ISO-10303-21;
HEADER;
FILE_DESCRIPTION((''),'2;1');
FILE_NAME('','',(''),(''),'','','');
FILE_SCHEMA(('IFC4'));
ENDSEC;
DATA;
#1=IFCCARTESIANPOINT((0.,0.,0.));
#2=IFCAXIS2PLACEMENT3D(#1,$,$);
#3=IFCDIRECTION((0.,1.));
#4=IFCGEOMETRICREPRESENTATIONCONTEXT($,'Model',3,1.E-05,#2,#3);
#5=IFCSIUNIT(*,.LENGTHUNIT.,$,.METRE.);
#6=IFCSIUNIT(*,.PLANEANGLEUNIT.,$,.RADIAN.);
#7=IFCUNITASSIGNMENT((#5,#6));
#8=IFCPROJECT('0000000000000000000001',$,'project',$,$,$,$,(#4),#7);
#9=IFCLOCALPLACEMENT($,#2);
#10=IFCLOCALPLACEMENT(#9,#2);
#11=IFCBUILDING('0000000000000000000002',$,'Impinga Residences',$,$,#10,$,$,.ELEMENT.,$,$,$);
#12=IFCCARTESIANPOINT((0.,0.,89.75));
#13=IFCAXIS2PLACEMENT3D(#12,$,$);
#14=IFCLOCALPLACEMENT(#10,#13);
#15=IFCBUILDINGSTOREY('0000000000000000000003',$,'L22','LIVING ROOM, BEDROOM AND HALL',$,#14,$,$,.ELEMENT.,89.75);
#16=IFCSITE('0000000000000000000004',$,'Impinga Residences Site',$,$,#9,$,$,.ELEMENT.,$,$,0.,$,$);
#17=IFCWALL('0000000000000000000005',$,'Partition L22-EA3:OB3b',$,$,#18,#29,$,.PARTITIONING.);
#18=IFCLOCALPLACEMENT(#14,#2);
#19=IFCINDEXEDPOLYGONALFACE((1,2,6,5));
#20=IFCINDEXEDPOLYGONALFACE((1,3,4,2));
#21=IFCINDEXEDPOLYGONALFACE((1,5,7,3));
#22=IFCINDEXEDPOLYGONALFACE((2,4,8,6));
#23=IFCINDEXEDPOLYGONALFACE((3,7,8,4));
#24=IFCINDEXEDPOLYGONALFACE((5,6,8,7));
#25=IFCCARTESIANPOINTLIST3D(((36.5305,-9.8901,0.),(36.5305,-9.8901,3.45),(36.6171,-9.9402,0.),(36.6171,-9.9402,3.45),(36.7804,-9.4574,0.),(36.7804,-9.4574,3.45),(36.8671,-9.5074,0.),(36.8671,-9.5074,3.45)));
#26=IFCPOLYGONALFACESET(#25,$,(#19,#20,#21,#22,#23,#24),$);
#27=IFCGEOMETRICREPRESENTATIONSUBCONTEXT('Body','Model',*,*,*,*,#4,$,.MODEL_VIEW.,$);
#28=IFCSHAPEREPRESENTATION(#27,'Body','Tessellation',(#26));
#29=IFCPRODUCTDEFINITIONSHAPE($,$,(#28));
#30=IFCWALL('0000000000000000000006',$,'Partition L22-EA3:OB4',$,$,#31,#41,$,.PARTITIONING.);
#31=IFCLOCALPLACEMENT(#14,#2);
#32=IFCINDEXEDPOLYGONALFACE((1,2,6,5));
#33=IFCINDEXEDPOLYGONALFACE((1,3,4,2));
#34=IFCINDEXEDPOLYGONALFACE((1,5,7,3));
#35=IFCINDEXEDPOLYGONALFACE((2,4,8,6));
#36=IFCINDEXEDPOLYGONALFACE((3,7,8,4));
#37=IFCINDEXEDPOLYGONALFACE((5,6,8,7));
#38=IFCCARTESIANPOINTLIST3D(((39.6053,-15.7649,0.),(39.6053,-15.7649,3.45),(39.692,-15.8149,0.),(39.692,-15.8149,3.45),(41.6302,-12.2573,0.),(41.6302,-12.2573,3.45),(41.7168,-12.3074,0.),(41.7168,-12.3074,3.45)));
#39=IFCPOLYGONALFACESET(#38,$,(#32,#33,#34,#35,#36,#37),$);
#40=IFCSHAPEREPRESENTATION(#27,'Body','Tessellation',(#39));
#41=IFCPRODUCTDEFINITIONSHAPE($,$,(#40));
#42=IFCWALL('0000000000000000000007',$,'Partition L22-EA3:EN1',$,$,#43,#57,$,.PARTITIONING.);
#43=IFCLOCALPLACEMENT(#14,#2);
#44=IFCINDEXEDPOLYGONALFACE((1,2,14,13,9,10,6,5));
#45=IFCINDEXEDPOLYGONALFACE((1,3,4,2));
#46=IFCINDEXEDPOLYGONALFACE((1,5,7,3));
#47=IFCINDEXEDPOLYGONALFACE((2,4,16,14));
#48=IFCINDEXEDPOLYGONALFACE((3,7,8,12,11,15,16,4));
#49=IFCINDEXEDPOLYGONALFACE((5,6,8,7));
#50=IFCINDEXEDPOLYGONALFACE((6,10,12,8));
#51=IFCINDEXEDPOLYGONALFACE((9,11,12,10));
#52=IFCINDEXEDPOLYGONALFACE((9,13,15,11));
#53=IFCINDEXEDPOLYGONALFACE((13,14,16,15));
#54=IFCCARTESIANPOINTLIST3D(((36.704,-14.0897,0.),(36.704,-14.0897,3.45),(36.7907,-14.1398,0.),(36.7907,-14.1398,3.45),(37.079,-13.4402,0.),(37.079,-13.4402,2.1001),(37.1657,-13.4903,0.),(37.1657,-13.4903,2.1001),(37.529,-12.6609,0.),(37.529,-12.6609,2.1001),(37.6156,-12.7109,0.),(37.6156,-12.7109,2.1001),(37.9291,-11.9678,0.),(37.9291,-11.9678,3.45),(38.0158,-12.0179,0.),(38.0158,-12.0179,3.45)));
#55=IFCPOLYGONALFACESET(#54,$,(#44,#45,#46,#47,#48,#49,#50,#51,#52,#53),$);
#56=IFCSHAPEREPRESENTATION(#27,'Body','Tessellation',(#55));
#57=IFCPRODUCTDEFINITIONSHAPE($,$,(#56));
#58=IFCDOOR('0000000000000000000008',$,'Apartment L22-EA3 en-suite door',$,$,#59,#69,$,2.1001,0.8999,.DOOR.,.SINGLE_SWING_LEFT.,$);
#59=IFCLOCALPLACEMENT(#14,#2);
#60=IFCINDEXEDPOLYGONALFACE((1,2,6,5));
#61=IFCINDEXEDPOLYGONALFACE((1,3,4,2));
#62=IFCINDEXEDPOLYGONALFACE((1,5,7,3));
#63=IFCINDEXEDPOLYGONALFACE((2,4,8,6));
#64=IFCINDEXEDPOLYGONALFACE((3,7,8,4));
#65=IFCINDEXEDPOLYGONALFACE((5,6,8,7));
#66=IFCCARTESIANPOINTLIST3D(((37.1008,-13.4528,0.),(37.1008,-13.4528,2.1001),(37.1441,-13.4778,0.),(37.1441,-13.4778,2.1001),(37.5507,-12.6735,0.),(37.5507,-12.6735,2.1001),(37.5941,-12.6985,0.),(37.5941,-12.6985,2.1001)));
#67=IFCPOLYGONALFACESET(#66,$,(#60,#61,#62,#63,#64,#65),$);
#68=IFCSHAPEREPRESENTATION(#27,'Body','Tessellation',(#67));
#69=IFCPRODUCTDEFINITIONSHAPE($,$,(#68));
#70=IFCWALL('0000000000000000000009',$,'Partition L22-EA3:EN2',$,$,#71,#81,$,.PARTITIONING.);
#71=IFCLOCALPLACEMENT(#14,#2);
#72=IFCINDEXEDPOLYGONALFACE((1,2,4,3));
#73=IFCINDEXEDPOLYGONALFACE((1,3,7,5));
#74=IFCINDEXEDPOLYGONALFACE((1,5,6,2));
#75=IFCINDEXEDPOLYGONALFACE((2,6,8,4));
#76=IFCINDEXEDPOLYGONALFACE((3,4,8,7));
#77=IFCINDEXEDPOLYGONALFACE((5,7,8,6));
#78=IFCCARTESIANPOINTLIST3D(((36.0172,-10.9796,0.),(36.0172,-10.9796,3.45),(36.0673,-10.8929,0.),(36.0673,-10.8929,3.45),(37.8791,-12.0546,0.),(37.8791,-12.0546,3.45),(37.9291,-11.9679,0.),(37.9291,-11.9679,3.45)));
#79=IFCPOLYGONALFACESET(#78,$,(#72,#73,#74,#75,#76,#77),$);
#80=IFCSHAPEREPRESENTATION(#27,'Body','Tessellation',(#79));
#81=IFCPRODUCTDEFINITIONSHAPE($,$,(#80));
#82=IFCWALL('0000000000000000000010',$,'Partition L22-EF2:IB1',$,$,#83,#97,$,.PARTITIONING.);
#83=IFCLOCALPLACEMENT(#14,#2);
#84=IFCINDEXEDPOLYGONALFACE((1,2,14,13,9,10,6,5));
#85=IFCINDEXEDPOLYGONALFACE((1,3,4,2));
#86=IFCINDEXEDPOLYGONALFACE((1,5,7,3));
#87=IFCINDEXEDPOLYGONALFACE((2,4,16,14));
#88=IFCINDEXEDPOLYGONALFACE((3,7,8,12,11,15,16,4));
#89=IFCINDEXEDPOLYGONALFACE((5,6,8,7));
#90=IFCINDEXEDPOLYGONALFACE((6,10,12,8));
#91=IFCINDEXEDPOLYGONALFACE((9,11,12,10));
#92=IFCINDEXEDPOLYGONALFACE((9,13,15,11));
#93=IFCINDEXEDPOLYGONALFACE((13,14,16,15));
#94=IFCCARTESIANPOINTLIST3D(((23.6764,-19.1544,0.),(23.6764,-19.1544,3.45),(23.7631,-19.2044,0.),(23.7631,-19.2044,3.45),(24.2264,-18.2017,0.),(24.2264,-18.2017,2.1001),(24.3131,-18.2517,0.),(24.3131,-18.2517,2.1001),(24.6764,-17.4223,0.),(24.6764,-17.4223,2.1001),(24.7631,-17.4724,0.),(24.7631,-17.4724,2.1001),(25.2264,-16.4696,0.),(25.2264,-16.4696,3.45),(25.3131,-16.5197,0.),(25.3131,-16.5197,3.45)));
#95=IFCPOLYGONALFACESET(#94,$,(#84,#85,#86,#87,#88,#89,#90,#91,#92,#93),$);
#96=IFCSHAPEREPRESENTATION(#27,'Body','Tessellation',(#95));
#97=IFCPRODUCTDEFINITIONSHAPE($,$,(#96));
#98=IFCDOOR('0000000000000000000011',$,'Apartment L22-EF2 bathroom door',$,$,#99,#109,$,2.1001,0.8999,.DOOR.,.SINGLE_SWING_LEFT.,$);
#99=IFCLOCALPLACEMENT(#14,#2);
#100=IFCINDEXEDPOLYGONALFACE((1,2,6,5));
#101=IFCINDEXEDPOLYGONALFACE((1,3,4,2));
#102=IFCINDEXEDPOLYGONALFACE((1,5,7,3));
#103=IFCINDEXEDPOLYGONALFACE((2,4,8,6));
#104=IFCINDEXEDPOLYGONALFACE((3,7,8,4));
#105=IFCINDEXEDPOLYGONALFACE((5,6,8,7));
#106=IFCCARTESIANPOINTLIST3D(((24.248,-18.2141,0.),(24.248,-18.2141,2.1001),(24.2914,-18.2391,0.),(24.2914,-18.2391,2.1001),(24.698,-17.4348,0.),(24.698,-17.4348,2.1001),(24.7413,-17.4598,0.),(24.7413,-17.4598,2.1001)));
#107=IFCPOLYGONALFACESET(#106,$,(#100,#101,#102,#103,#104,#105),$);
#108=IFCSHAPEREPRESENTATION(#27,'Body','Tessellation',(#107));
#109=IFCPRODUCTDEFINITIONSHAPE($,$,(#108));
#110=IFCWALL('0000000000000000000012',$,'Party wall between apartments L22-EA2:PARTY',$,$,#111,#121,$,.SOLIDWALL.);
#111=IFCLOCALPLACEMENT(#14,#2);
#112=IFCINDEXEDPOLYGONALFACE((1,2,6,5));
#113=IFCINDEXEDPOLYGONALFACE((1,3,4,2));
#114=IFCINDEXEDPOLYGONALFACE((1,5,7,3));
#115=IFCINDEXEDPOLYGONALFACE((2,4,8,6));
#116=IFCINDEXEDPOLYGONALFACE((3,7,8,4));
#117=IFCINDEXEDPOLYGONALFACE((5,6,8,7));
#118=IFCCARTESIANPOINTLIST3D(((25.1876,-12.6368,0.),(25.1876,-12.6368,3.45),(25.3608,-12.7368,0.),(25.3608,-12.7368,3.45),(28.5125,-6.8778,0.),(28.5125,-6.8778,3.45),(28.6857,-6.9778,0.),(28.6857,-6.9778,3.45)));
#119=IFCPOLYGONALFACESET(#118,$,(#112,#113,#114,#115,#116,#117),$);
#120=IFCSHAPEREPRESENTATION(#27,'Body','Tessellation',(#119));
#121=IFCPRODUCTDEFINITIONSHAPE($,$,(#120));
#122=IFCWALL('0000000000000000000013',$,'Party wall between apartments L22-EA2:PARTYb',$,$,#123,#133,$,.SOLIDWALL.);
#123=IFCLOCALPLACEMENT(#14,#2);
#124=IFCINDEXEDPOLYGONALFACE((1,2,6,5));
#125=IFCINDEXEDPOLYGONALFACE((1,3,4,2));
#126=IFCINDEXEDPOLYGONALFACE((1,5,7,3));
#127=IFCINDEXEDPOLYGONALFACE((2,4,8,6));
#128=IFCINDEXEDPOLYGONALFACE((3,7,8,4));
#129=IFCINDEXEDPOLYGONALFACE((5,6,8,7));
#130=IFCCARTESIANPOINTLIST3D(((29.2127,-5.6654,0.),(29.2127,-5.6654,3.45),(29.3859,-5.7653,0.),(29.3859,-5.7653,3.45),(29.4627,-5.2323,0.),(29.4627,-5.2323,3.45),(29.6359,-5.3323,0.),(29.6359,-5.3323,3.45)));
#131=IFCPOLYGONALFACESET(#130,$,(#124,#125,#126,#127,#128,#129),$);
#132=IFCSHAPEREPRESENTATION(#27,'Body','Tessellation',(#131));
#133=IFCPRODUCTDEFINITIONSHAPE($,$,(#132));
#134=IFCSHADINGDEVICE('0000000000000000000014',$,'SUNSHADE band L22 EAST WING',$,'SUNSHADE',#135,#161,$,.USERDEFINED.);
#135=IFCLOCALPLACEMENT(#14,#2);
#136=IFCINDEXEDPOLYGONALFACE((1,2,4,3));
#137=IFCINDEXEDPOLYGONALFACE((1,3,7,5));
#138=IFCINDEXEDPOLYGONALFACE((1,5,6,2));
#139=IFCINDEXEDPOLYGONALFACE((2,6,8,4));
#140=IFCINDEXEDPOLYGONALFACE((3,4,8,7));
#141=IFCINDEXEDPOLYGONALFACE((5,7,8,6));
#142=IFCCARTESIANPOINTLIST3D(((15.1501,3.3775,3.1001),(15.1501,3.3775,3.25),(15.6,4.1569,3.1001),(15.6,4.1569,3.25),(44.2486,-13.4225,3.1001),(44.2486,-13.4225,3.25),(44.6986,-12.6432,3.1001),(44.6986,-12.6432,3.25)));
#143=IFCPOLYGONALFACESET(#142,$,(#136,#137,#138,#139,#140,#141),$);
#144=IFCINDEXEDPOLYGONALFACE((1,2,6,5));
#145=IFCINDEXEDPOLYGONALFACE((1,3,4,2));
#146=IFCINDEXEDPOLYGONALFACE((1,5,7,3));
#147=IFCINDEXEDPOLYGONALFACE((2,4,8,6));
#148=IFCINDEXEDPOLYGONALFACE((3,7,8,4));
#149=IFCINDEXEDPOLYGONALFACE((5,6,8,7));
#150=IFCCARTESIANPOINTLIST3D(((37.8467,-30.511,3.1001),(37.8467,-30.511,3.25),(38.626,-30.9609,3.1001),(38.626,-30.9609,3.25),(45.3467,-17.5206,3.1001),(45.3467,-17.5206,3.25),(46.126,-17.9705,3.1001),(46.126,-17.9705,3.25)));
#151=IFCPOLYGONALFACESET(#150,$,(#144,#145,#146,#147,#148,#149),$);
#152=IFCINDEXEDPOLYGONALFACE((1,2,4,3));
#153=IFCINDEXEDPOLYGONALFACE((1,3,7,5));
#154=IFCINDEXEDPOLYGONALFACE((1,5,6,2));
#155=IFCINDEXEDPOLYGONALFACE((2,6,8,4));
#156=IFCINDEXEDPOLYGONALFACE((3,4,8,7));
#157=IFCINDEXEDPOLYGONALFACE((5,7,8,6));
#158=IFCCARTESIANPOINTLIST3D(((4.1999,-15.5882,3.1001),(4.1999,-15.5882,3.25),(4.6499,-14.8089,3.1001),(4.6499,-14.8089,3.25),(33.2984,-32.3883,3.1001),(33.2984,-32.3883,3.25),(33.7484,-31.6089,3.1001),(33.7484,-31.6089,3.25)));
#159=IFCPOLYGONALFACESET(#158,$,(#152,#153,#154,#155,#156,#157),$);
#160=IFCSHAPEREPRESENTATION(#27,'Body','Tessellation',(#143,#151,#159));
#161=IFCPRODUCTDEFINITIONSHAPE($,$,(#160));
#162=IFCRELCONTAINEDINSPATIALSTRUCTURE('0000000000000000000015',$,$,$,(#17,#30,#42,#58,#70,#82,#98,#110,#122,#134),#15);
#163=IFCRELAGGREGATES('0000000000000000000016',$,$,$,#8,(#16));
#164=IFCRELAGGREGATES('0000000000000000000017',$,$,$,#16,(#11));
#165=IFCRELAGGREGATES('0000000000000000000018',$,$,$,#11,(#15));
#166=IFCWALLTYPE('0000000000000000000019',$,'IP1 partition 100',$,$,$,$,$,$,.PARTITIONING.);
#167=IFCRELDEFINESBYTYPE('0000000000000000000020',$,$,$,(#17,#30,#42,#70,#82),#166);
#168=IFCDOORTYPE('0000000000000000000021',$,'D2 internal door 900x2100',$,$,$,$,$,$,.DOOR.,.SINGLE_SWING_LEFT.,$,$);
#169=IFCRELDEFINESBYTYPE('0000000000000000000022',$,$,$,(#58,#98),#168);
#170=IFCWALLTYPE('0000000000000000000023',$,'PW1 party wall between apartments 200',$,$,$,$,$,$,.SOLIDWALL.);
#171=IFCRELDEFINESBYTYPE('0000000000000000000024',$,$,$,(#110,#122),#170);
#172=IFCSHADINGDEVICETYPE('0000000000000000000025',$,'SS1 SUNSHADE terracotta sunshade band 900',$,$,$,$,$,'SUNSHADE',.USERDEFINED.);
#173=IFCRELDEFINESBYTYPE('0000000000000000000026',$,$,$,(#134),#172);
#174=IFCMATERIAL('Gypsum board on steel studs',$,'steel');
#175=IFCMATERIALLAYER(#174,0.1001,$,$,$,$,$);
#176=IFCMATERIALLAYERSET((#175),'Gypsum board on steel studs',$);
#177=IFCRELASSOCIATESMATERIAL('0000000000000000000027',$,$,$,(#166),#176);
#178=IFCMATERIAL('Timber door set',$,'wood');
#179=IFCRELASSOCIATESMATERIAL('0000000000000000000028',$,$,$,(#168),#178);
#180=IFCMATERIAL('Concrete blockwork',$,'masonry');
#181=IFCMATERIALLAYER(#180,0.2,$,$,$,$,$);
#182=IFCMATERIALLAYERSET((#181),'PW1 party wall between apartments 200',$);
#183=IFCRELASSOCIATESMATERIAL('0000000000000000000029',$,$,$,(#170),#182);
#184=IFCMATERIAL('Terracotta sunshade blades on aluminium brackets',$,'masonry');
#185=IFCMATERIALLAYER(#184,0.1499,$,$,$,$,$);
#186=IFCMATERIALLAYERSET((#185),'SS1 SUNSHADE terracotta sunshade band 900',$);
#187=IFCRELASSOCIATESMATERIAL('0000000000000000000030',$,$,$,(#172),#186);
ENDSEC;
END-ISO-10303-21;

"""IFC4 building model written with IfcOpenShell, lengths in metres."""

from ifc_helpers import new_model, si_unit, direction, frame, frame_2d, origin, origin_2d, place, context, subcontext, project, spatial, rectangle, extrude, material, layer, layer_set, type_object, element, fill, save


model = new_model("IFC4")

# Units and contexts
model_context = context("Model", 3, precision=1e-05, world=origin(), true_north=direction((0.0, 1.0)))
body_context = subcontext(model_context, "Body", "Model", "MODEL_VIEW")
ifc_project = project(units=[si_unit("LENGTHUNIT", "METRE"), si_unit("PLANEANGLEUNIT", "RADIAN")], contexts=[model_context])

# Site, building, storey
site_placement = place(None, origin())
site = spatial("IfcSite", under=ifc_project, at=site_placement, Name="Impinga Residences Site", CompositionType="ELEMENT", RefElevation=0.0)
building_placement = place(site_placement, origin())
building = spatial("IfcBuilding", under=site, at=building_placement, Name="Impinga Residences", CompositionType="ELEMENT")
storey_placement = place(building_placement, frame((0.0, 0.0, 89.75)))
storey = spatial("IfcBuildingStorey", under=building, at=storey_placement, Name="L22", Description="LIVING ROOM, BEDROOM AND HALL", CompositionType="ELEMENT", Elevation=89.75)

# Shared definitions
ifc_material_1 = material(Name="Gypsum board on steel studs", Category="steel")
ifc_layer_1 = layer(ifc_material_1, 0.1001)
ifc_layer_set_1 = layer_set([ifc_layer_1], Name="Gypsum board on steel studs")
wall_type_1 = type_object("IfcWallType", Name="IP1 partition 100", PredefinedType="PARTITIONING", material=ifc_layer_set_1)

# Shared definitions
ifc_material_2 = material(Name="Timber door set", Category="wood")
door_type = type_object("IfcDoorType", Name="D2 internal door 900x2100", OperationType="SINGLE_SWING_LEFT", PredefinedType="DOOR", material=ifc_material_2)

# Walls
wall_1_placement = place(storey_placement, frame((36.5737, -9.9153, 0.0), z_axis=(0.0, 0.0, 1.0), x_axis=(0.500131, 0.86595, 0.0)))
element("IfcWall", 1, at=wall_1_placement, inside=storey, type_object=wall_type_1, Name="Partition L22-EA3:OB3b", PredefinedType="PARTITIONING", context=body_context, shape_type="SweptSolid", body=[
    extrude(rectangle(XDim=0.4998, YDim=0.1001, at=frame_2d((0.25, 0.0))), origin(), (0.0, 0.0, 1.0), 3.45),
])
wall_2_placement = place(storey_placement, frame((39.6487, -15.7898, 0.0), z_axis=(0.0, 0.0, 1.0), x_axis=(0.499964, 0.866046, 0.0)))
element("IfcWall", 2, at=wall_2_placement, inside=storey, type_object=wall_type_1, Name="Partition L22-EA3:OB4", PredefinedType="PARTITIONING", context=body_context, shape_type="SweptSolid", body=[
    extrude(rectangle(XDim=4.05, YDim=0.1001, at=frame_2d((2.0249, 0.0))), origin(), (0.0, 0.0, 1.0), 3.45),
])

# Wall, opening, door
wall_3_placement = place(storey_placement, frame((36.7473, -14.1147, 0.0), z_axis=(0.0, 0.0, 1.0), x_axis=(0.500019, 0.866015, 0.0)))
wall_3 = element("IfcWall", 3, at=wall_3_placement, inside=storey, type_object=wall_type_1, Name="Partition L22-EA3:EN1", PredefinedType="PARTITIONING", context=body_context, shape_type="SweptSolid", body=[
    extrude(rectangle(XDim=2.4502, YDim=0.1001, at=frame_2d((1.2251, 0.0))), origin(), (0.0, 0.0, 1.0), 3.45),
])
opening_1_placement = place(wall_3_placement, frame((0.75, 0.0, 0.0)))
opening_1 = element("IfcOpeningElement", 4, at=opening_1_placement, cuts=wall_3, PredefinedType="OPENING", context=body_context, shape_type="SweptSolid", body=[
    extrude(rectangle(XDim=0.8999, YDim=2.1001, at=frame_2d((0.45, 1.05))), frame((0.0, 0.0601, 0.0), z_axis=(0.0, -1.0, 0.0), x_axis=(1.0, 0.0, 0.0)), (0.0, 0.0, 1.0), 0.1201),
])
door_1_placement = place(opening_1_placement, origin())
door_1 = element("IfcDoor", 5, at=door_1_placement, inside=storey, type_object=door_type, Name="Apartment L22-EA3 en-suite door", OperationType="SINGLE_SWING_LEFT", OverallHeight=2.1001, OverallWidth=0.8999, PredefinedType="DOOR", context=body_context, shape_type="SweptSolid", body=[
    extrude(rectangle(XDim=0.8999, YDim=2.1001, at=frame_2d((0.45, 1.05))), frame((0.0, 0.0249, 0.0), z_axis=(0.0, -1.0, 0.0), x_axis=(1.0, 0.0, 0.0)), (0.0, 0.0, 1.0), 0.05),
])
fill(opening_1, door_1)

# Wall
wall_4_placement = place(storey_placement, frame((36.0422, -10.9363, 0.0), z_axis=(0.0, 0.0, 1.0), x_axis=(0.866019, -0.500011, 0.0)))
element("IfcWall", 6, at=wall_4_placement, inside=storey, type_object=wall_type_1, Name="Partition L22-EA3:EN2", PredefinedType="PARTITIONING", context=body_context, shape_type="SweptSolid", body=[
    extrude(rectangle(XDim=2.1499, YDim=0.1001, at=frame_2d((1.075, 0.0))), origin(), (0.0, 0.0, 1.0), 3.45),
])

# Wall, opening, door
wall_5_placement = place(storey_placement, frame((25.2698, -16.4946, 0.0), z_axis=(0.0, 0.0, 1.0), x_axis=(-0.499993, -0.86603, 0.0)))
wall_5 = element("IfcWall", 7, at=wall_5_placement, inside=storey, type_object=wall_type_1, Name="Partition L22-EF2:IB1", PredefinedType="PARTITIONING", context=body_context, shape_type="SweptSolid", body=[
    extrude(rectangle(XDim=3.1001, YDim=0.1001, at=frame_2d((1.55, 0.0))), origin(), (0.0, 0.0, 1.0), 3.45),
])
opening_2_placement = place(wall_5_placement, frame((1.1001, 0.0, 0.0)))
opening_2 = element("IfcOpeningElement", 8, at=opening_2_placement, cuts=wall_5, PredefinedType="OPENING", context=body_context, shape_type="SweptSolid", body=[
    extrude(rectangle(XDim=0.8999, YDim=2.1001, at=frame_2d((0.45, 1.05))), frame((0.0, 0.0601, 0.0), z_axis=(0.0, -1.0, 0.0), x_axis=(1.0, 0.0, 0.0)), (0.0, 0.0, 1.0), 0.1201),
])
door_2_placement = place(opening_2_placement, origin())
door_2 = element("IfcDoor", 9, at=door_2_placement, inside=storey, type_object=door_type, Name="Apartment L22-EF2 bathroom door", OperationType="SINGLE_SWING_LEFT", OverallHeight=2.1001, OverallWidth=0.8999, PredefinedType="DOOR", context=body_context, shape_type="SweptSolid", body=[
    extrude(rectangle(XDim=0.8999, YDim=2.1001, at=frame_2d((0.45, 1.05))), frame((0.0, 0.0249, 0.0), z_axis=(0.0, -1.0, 0.0), x_axis=(1.0, 0.0, 0.0)), (0.0, 0.0, 1.0), 0.05),
])
fill(opening_2, door_2)

# Walls
ifc_material_3 = material(Name="Concrete blockwork", Category="masonry")
ifc_layer_2 = layer(ifc_material_3, 0.2)
ifc_layer_set_2 = layer_set([ifc_layer_2], Name="PW1 party wall between apartments 200")
wall_type_2 = type_object("IfcWallType", Name="PW1 party wall between apartments 200", PredefinedType="SOLIDWALL", material=ifc_layer_set_2)
wall_6_placement = place(storey_placement, frame((25.2742, -12.6868, 0.0), z_axis=(0.0, 0.0, 1.0), x_axis=(0.499997, 0.866027, 0.0)))
element("IfcWall", 10, at=wall_6_placement, inside=storey, type_object=wall_type_2, Name="Party wall between apartments L22-EA2:PARTY", PredefinedType="SOLIDWALL", context=body_context, shape_type="SweptSolid", body=[
    extrude(rectangle(XDim=6.6499, YDim=0.2, at=frame_2d((3.325, 0.0))), origin(), (0.0, 0.0, 1.0), 3.45),
])
wall_7_placement = place(storey_placement, frame((29.2993, -5.7153, 0.0), z_axis=(0.0, 0.0, 1.0), x_axis=(0.49992, 0.866072, 0.0)))
element("IfcWall", 11, at=wall_7_placement, inside=storey, type_object=wall_type_2, Name="Party wall between apartments L22-EA2:PARTYb", PredefinedType="SOLIDWALL", context=body_context, shape_type="SweptSolid", body=[
    extrude(rectangle(XDim=0.5, YDim=0.2, at=frame_2d((0.25, 0.0))), origin(), (0.0, 0.0, 1.0), 3.45),
])

# Shading device
ifc_material_4 = material(Name="Terracotta sunshade blades on aluminium brackets", Category="masonry")
ifc_layer_3 = layer(ifc_material_4, 0.1499)
ifc_layer_set_3 = layer_set([ifc_layer_3], Name="SS1 SUNSHADE terracotta sunshade band 900")
shading_device_type = type_object("IfcShadingDeviceType", Name="SS1 SUNSHADE terracotta sunshade band 900", ElementType="SUNSHADE", PredefinedType="USERDEFINED", material=ifc_layer_set_3)
shading_device_placement = place(storey_placement, frame((29.9243, -4.6328, 3.1001), z_axis=(0.0, 0.0, 1.0), x_axis=(0.866025, -0.5, 0.0)))
element("IfcShadingDevice", 12, at=shading_device_placement, inside=storey, type_object=shading_device_type, Name="SUNSHADE band L22 EAST WING", ObjectType="SUNSHADE", PredefinedType="USERDEFINED", context=body_context, shape_type="SweptSolid", body=[
    extrude(rectangle(XDim=33.6001, YDim=0.8999, at=origin_2d()), origin(), (0.0, 0.0, 1.0), 0.1499),
    extrude(rectangle(XDim=15.0, YDim=0.8999, at=origin_2d()), frame((20.25, -10.95, 0.0), z_axis=(0.0, 0.0, 1.0), x_axis=(0.0, -1.0, 0.0)), (0.0, 0.0, 1.0), 0.1499),
    extrude(rectangle(XDim=33.6001, YDim=0.8999, at=origin_2d()), frame((-0.0002, -21.8999, 0.0), z_axis=(0.0, 0.0, 1.0), x_axis=(-1.0, 0.0, 0.0)), (0.0, 0.0, 1.0), 0.1499),
])

save(model, "model.ifc")
